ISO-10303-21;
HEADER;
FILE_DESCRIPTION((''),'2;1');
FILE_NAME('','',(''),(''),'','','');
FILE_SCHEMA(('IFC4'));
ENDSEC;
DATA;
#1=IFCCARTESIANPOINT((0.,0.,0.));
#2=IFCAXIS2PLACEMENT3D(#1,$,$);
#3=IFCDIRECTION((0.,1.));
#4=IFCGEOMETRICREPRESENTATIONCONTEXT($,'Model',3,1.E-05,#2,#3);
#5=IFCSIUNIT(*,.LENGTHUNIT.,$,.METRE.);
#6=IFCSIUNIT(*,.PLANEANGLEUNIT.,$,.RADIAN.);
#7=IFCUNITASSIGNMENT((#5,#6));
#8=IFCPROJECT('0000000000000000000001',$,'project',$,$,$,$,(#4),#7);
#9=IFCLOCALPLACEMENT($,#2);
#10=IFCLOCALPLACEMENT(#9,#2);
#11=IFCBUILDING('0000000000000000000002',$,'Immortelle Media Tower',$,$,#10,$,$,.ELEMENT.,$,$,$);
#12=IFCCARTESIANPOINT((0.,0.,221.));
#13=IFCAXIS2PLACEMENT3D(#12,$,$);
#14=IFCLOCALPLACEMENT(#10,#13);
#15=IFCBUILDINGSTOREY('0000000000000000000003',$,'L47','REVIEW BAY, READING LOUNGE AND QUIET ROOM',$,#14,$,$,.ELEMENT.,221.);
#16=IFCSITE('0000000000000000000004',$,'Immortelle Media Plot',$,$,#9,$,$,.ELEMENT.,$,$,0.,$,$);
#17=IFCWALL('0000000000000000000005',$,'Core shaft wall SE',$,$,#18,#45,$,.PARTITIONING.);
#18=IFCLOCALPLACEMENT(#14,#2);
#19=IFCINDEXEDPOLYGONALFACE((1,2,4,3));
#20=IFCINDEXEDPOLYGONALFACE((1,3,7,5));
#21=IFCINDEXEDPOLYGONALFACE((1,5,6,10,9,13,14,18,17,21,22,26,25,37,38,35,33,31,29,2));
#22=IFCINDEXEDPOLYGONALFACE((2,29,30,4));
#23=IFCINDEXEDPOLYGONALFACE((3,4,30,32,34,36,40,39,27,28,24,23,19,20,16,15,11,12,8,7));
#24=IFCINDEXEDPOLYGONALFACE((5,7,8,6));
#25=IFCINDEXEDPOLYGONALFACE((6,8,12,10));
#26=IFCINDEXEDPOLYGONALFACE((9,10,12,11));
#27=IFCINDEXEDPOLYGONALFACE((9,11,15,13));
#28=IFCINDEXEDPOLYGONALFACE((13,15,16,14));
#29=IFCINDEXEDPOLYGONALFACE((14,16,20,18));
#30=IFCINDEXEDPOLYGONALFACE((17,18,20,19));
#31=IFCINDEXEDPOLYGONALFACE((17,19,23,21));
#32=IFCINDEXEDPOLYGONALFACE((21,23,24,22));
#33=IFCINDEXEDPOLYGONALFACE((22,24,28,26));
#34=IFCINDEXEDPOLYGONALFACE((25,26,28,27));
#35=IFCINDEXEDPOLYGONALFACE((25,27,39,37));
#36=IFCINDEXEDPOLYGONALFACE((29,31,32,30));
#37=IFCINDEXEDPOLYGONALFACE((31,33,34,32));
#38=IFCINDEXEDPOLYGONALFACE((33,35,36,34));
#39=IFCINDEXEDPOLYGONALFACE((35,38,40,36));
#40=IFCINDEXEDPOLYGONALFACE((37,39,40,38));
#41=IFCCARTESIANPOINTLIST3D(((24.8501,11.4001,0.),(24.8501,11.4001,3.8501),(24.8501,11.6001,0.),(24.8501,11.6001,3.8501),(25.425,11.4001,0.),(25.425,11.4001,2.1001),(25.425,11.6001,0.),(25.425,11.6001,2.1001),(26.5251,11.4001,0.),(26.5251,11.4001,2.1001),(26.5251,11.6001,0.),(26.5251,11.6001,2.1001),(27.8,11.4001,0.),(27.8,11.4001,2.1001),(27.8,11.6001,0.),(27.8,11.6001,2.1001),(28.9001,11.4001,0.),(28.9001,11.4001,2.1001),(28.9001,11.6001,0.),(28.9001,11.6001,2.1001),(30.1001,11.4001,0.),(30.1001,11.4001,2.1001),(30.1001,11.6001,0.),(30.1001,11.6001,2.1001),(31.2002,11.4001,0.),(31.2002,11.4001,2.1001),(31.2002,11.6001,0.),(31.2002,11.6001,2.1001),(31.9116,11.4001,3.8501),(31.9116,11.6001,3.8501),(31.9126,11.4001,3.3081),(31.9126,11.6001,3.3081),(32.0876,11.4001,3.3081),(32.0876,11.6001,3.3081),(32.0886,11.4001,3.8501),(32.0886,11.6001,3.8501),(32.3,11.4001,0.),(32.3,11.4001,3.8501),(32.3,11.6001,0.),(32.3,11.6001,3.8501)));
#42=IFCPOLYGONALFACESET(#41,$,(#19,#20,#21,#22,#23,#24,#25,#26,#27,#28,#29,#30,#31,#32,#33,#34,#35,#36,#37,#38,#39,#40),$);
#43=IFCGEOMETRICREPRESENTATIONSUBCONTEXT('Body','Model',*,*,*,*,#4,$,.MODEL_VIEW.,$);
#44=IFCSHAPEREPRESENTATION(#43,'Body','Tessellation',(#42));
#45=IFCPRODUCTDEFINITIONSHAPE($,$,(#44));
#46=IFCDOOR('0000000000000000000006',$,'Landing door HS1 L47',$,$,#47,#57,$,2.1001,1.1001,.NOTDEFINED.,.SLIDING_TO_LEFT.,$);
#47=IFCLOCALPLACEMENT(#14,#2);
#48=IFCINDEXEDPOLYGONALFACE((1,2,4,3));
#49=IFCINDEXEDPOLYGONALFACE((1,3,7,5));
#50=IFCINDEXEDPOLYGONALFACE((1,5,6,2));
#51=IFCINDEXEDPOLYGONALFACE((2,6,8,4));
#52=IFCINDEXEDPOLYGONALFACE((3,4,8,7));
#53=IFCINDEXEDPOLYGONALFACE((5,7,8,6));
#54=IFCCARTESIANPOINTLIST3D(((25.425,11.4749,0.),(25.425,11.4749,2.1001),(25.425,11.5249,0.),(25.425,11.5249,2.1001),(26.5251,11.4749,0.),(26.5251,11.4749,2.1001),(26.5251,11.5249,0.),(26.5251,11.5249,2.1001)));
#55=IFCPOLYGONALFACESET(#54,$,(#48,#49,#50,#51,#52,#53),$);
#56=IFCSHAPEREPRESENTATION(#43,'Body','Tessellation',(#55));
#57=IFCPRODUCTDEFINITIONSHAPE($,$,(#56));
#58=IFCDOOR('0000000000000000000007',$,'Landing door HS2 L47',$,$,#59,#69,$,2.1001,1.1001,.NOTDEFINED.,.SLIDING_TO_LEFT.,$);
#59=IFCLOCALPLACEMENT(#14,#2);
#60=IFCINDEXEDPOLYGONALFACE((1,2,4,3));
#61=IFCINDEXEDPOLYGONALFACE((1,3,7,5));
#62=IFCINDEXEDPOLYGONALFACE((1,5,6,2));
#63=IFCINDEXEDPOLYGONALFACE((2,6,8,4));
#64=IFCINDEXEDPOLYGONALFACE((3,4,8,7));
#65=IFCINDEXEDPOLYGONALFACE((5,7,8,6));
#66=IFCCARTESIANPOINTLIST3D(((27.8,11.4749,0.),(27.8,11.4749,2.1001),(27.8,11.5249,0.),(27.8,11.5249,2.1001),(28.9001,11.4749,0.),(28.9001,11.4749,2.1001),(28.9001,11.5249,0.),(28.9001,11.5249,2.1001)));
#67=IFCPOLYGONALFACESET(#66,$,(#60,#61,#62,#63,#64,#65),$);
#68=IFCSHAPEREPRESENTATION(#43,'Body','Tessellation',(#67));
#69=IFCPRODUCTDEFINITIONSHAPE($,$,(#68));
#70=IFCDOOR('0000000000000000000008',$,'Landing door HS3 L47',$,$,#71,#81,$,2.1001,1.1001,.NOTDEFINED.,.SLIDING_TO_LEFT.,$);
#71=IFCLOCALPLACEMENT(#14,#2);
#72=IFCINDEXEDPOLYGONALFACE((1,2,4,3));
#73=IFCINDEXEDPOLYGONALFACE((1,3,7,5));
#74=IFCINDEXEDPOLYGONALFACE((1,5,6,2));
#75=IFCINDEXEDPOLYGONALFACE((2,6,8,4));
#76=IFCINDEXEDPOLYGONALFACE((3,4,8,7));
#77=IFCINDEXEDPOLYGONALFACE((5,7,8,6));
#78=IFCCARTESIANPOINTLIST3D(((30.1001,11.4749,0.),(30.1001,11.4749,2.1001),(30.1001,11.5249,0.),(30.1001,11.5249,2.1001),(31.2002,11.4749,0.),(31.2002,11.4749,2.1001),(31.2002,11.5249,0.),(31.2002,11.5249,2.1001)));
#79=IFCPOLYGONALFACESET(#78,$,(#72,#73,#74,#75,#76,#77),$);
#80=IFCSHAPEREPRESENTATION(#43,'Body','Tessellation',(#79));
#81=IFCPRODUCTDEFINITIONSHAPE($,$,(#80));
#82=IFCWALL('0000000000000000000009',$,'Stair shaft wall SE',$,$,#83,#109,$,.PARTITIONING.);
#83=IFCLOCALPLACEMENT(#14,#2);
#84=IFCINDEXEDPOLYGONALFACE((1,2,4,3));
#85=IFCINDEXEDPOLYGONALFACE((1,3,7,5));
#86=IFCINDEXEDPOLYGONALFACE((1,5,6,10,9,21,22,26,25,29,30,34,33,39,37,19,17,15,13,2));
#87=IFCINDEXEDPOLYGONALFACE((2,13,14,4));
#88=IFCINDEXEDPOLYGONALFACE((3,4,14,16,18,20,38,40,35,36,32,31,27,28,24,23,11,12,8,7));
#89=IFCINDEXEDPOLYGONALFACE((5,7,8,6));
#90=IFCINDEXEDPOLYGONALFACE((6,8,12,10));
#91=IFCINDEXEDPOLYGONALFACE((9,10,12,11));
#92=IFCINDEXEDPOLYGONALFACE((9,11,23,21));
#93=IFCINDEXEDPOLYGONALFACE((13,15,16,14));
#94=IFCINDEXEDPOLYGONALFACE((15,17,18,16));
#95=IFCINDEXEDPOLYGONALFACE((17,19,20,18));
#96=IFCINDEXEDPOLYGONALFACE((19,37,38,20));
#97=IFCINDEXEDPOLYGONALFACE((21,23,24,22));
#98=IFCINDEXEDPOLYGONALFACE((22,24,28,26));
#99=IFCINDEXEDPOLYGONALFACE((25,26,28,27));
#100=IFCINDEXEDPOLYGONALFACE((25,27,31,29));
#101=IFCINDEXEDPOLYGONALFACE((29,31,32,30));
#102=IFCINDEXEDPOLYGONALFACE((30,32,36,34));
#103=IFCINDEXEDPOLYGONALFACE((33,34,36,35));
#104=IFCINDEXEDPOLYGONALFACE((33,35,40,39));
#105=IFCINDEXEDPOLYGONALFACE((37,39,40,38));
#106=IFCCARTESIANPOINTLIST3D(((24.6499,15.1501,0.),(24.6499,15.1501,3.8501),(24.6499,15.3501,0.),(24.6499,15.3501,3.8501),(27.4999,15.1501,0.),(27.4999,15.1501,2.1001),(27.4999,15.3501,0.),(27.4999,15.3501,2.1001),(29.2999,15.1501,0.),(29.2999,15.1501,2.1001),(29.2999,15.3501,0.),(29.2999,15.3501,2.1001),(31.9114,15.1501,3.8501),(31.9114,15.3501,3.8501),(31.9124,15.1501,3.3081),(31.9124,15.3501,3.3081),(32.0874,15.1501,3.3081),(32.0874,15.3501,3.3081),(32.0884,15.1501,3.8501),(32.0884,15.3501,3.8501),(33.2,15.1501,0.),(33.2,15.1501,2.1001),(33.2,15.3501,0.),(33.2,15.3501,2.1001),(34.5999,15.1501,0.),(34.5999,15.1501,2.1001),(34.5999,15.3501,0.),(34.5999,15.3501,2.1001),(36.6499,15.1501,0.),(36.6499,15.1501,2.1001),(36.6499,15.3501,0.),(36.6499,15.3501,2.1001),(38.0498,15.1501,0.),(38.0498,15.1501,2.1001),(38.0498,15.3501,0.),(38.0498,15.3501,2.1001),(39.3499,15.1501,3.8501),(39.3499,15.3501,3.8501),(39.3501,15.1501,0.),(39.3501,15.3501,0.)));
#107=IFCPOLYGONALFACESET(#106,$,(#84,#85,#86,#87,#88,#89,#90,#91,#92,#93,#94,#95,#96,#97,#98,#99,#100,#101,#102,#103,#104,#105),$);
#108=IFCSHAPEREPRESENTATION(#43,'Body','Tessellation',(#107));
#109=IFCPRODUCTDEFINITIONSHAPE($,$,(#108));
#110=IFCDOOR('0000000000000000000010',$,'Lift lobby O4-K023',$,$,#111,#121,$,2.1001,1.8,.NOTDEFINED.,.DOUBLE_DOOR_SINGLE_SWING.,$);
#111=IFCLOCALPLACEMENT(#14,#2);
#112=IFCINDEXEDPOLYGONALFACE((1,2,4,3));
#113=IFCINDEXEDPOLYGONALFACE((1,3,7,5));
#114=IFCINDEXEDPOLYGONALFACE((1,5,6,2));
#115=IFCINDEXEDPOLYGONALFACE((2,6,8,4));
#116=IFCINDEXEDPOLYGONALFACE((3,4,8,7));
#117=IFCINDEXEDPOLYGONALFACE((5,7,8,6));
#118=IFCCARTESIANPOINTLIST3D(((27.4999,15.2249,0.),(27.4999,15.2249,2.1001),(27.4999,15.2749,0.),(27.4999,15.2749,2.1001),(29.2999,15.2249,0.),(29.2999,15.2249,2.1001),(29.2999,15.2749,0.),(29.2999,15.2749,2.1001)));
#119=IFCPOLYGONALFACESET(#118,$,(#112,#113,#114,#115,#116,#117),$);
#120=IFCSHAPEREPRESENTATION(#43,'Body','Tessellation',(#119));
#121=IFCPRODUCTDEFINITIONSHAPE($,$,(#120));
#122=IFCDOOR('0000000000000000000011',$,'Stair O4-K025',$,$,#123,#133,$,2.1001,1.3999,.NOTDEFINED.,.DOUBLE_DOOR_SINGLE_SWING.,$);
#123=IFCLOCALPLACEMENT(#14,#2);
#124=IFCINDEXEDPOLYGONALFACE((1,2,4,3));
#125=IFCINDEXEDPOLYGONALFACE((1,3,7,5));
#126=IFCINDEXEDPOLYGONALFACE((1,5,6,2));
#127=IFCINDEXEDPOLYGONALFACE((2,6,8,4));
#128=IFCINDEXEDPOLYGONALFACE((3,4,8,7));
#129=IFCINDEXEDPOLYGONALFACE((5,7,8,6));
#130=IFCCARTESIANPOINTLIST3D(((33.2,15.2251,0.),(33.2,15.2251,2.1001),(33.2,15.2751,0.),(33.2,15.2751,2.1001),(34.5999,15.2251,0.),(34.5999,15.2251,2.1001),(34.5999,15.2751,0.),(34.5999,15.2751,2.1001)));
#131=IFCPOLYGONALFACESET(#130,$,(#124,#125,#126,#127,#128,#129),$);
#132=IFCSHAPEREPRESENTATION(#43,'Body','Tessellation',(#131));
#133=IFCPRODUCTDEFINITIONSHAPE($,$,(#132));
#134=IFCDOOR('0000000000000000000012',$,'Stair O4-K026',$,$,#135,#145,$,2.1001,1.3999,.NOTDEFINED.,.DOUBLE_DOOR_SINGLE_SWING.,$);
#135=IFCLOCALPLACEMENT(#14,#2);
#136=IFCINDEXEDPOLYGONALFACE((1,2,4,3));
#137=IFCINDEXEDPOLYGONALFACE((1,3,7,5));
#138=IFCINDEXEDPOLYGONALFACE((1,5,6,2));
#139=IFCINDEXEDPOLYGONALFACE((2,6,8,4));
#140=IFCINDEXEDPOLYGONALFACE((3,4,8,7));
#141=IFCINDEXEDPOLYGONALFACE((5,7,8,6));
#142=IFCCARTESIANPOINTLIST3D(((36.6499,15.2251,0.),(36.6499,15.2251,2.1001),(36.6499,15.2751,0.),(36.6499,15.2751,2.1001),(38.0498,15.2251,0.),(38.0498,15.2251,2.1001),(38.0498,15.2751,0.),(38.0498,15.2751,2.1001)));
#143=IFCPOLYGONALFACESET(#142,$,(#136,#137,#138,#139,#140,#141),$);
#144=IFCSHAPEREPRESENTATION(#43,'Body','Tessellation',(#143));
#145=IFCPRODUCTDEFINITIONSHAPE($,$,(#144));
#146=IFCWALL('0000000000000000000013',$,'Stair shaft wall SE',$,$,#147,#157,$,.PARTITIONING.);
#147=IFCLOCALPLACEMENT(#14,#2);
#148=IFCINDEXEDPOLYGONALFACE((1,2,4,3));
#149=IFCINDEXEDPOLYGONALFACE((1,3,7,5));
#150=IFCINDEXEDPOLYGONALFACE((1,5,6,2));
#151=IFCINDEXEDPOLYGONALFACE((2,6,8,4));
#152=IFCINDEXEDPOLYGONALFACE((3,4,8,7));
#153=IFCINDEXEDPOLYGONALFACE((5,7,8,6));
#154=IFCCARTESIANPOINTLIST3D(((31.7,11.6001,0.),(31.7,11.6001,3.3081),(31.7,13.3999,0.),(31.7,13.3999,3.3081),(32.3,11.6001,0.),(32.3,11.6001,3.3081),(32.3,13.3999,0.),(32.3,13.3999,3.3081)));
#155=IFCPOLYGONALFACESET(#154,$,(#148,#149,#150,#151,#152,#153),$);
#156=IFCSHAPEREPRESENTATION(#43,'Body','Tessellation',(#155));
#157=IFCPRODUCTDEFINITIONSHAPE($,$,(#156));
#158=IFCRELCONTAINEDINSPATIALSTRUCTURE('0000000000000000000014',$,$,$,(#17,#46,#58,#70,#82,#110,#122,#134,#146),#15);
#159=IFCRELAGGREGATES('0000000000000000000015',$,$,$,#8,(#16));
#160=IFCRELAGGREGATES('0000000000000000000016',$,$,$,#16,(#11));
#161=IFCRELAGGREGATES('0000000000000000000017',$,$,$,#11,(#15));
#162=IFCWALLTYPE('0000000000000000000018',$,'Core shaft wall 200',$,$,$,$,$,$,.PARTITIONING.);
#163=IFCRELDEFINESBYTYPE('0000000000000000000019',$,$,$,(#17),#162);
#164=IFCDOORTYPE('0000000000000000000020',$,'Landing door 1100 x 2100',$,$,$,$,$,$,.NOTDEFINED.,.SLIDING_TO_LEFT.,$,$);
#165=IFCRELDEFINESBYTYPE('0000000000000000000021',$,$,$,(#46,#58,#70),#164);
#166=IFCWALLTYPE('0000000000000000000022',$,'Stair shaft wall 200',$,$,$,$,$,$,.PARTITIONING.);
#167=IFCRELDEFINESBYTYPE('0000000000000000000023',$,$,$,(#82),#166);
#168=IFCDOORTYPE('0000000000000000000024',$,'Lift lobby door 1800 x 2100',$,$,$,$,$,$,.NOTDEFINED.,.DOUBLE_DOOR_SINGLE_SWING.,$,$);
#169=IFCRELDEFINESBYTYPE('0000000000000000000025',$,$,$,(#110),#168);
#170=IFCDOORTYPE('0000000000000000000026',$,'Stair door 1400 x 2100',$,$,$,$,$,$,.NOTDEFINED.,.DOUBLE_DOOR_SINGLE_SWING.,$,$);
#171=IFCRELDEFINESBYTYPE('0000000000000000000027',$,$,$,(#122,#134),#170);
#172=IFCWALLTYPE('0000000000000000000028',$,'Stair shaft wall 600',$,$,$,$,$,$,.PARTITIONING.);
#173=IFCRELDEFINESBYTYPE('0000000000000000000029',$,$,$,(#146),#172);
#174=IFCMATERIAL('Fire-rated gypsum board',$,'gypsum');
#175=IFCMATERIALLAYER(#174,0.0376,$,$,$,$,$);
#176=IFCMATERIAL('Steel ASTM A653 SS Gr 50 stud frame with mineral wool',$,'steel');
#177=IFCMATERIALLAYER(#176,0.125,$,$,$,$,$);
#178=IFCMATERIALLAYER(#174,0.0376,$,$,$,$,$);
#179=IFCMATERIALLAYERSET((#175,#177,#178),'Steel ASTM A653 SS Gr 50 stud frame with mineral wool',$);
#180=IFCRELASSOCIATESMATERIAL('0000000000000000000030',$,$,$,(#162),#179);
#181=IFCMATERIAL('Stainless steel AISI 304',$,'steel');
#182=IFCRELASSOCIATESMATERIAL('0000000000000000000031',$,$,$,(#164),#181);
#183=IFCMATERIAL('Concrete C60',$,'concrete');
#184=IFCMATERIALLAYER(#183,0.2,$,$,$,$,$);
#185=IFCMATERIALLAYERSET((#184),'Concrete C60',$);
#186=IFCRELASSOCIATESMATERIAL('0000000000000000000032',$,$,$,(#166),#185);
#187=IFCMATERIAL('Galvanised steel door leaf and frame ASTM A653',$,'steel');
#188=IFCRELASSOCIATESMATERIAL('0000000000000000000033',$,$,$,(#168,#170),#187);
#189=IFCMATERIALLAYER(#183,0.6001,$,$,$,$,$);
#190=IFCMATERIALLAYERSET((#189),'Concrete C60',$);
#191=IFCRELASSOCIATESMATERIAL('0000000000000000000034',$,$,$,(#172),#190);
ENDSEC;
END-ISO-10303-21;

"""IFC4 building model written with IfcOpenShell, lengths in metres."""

from ifc_helpers import new_model, si_unit, direction, frame, frame_2d, origin, place, context, subcontext, project, spatial, polyline, rectangle, outline, extrude, material, layer, layer_set, type_object, element, fill, save


model = new_model("IFC4")

# Units and contexts
model_context = context("Model", 3, precision=1e-05, world=origin(), true_north=direction((0.0, 1.0)))
body_context = subcontext(model_context, "Body", "Model", "MODEL_VIEW")
ifc_project = project(units=[si_unit("LENGTHUNIT", "METRE"), si_unit("PLANEANGLEUNIT", "RADIAN")], contexts=[model_context])

# Site, building, storey
site_placement = place(None, origin())
site = spatial("IfcSite", under=ifc_project, at=site_placement, Name="Immortelle Media Plot", CompositionType="ELEMENT", RefElevation=0.0)
building_placement = place(site_placement, origin())
building = spatial("IfcBuilding", under=site, at=building_placement, Name="Immortelle Media Tower", CompositionType="ELEMENT")
storey_placement = place(building_placement, frame((0.0, 0.0, 221.0)))
storey = spatial("IfcBuildingStorey", under=building, at=storey_placement, Name="L47", Description="REVIEW BAY, READING LOUNGE AND QUIET ROOM", CompositionType="ELEMENT", Elevation=221.0)

# Shared definitions
ifc_material_1 = material(Name="Fire-rated gypsum board", Category="gypsum")
ifc_material_2 = material(Name="Steel ASTM A653 SS Gr 50 stud frame with mineral wool", Category="steel")

# Shared definitions
ifc_material_3 = material(Name="Galvanised steel door leaf and frame ASTM A653", Category="steel")

# Shared definitions
ifc_layer_1 = layer(ifc_material_1, 0.0376)
ifc_layer_2 = layer(ifc_material_2, 0.125)
ifc_layer_3 = layer(ifc_material_1, 0.0376)
ifc_layer_set_1 = layer_set([ifc_layer_1, ifc_layer_2, ifc_layer_3], Name="Steel ASTM A653 SS Gr 50 stud frame with mineral wool")
wall_type_1 = type_object("IfcWallType", Name="Core shaft wall 200", PredefinedType="PARTITIONING", material=ifc_layer_set_1)

# Walls, openings, doors
wall_1_placement = place(storey_placement, frame((24.8501, 11.5, 0.0), z_axis=(0.0, 0.0, 1.0), x_axis=(1.0, 0.0, 0.0)))
wall_1 = element("IfcWall", 1, at=wall_1_placement, inside=storey, type_object=wall_type_1, Name="Core shaft wall SE", PredefinedType="PARTITIONING", context=body_context, shape_type="SweptSolid", body=[
    extrude(outline(polyline([(0.0, 0.0), (7.45, 0.0), (7.45, 3.8501), (7.2385, 3.8501), (7.2375, 3.3081), (7.0625, 3.3081), (7.0615, 3.8501), (0.0, 3.8501), (0.0, 0.0)])), frame((0.0, 0.1001, 0.0), z_axis=(0.0, -1.0, 0.0), x_axis=(1.0, 0.0, 0.0)), (0.0, 0.0, 1.0), 0.2),
])
opening_1_placement = place(wall_1_placement, frame((0.575, 0.0, 0.0)))
opening_1 = element("IfcOpeningElement", 2, at=opening_1_placement, cuts=wall_1, PredefinedType="OPENING", context=body_context, shape_type="SweptSolid", body=[
    extrude(rectangle(XDim=1.1001, YDim=2.1001, at=frame_2d((0.55, 1.05))), frame((0.0, 0.1099, 0.0), z_axis=(0.0, -1.0, 0.0), x_axis=(1.0, 0.0, 0.0)), (0.0, 0.0, 1.0), 0.22),
])
opening_2_placement = place(wall_1_placement, frame((2.95, 0.0, 0.0)))
opening_2 = element("IfcOpeningElement", 3, at=opening_2_placement, cuts=wall_1, PredefinedType="OPENING", context=body_context, shape_type="SweptSolid", body=[
    extrude(rectangle(XDim=1.1001, YDim=2.1001, at=frame_2d((0.55, 1.05))), frame((0.0, 0.1099, 0.0), z_axis=(0.0, -1.0, 0.0), x_axis=(1.0, 0.0, 0.0)), (0.0, 0.0, 1.0), 0.22),
])
opening_3_placement = place(wall_1_placement, frame((5.25, 0.0, 0.0)))
opening_3 = element("IfcOpeningElement", 4, at=opening_3_placement, cuts=wall_1, PredefinedType="OPENING", context=body_context, shape_type="SweptSolid", body=[
    extrude(rectangle(XDim=1.1001, YDim=2.1001, at=frame_2d((0.55, 1.05))), frame((0.0, 0.1099, 0.0), z_axis=(0.0, -1.0, 0.0), x_axis=(1.0, 0.0, 0.0)), (0.0, 0.0, 1.0), 0.22),
])
ifc_material_4 = material(Name="Stainless steel AISI 304", Category="steel")
door_type_1 = type_object("IfcDoorType", Name="Landing door 1100 x 2100", OperationType="SLIDING_TO_LEFT", PredefinedType="NOTDEFINED", material=ifc_material_4)
door_1_placement = place(opening_1_placement, origin())
door_1 = element("IfcDoor", 5, at=door_1_placement, inside=storey, type_object=door_type_1, Name="Landing door HS1 L47", OperationType="SLIDING_TO_LEFT", OverallHeight=2.1001, OverallWidth=1.1001, PredefinedType="NOTDEFINED", context=body_context, shape_type="SweptSolid", body=[
    extrude(rectangle(XDim=1.1001, YDim=2.1001, at=frame_2d((0.55, 1.05))), frame((0.0, 0.0249, 0.0), z_axis=(0.0, -1.0, 0.0), x_axis=(1.0, 0.0, 0.0)), (0.0, 0.0, 1.0), 0.05),
])
fill(opening_1, door_1)
door_2_placement = place(opening_2_placement, origin())
door_2 = element("IfcDoor", 6, at=door_2_placement, inside=storey, type_object=door_type_1, Name="Landing door HS2 L47", OperationType="SLIDING_TO_LEFT", OverallHeight=2.1001, OverallWidth=1.1001, PredefinedType="NOTDEFINED", context=body_context, shape_type="SweptSolid", body=[
    extrude(rectangle(XDim=1.1001, YDim=2.1001, at=frame_2d((0.55, 1.05))), frame((0.0, 0.0249, 0.0), z_axis=(0.0, -1.0, 0.0), x_axis=(1.0, 0.0, 0.0)), (0.0, 0.0, 1.0), 0.05),
])
fill(opening_2, door_2)
door_3_placement = place(opening_3_placement, origin())
door_3 = element("IfcDoor", 7, at=door_3_placement, inside=storey, type_object=door_type_1, Name="Landing door HS3 L47", OperationType="SLIDING_TO_LEFT", OverallHeight=2.1001, OverallWidth=1.1001, PredefinedType="NOTDEFINED", context=body_context, shape_type="SweptSolid", body=[
    extrude(rectangle(XDim=1.1001, YDim=2.1001, at=frame_2d((0.55, 1.05))), frame((0.0, 0.0249, 0.0), z_axis=(0.0, -1.0, 0.0), x_axis=(1.0, 0.0, 0.0)), (0.0, 0.0, 1.0), 0.05),
])
fill(opening_3, door_3)
ifc_material_5 = material(Name="Concrete C60", Category="concrete")
ifc_layer_4 = layer(ifc_material_5, 0.2)
ifc_layer_set_2 = layer_set([ifc_layer_4], Name="Concrete C60")
wall_type_2 = type_object("IfcWallType", Name="Stair shaft wall 200", PredefinedType="PARTITIONING", material=ifc_layer_set_2)
wall_2_placement = place(storey_placement, frame((24.6499, 15.25, 0.0), z_axis=(0.0, 0.0, 1.0), x_axis=(1.0, 0.0, 0.0)))
wall_2 = element("IfcWall", 8, at=wall_2_placement, inside=storey, type_object=wall_type_2, Name="Stair shaft wall SE", PredefinedType="PARTITIONING", context=body_context, shape_type="SweptSolid", body=[
    extrude(outline(polyline([(0.0, 0.0), (14.7002, 0.0), (14.7, 3.8501), (7.4385, 3.8501), (7.4375, 3.3081), (7.2625, 3.3081), (7.2615, 3.8501), (0.0, 3.8501), (0.0, 0.0)])), frame((0.0, 0.1001, 0.0), z_axis=(0.0, -1.0, 0.0), x_axis=(1.0, 0.0, 0.0)), (0.0, 0.0, 1.0), 0.2),
])
opening_4_placement = place(wall_2_placement, frame((2.8501, 0.0, 0.0)))
opening_4 = element("IfcOpeningElement", 9, at=opening_4_placement, cuts=wall_2, PredefinedType="OPENING", context=body_context, shape_type="SweptSolid", body=[
    extrude(rectangle(XDim=1.8, YDim=2.1001, at=frame_2d((0.8999, 1.05))), frame((0.0, 0.1099, 0.0), z_axis=(0.0, -1.0, 0.0), x_axis=(1.0, 0.0, 0.0)), (0.0, 0.0, 1.0), 0.22),
])
opening_5_placement = place(wall_2_placement, frame((9.95, 0.0, 0.0), z_axis=(0.0, 0.0, 1.0), x_axis=(-1.0, 0.0, 0.0)))
opening_5 = element("IfcOpeningElement", 10, at=opening_5_placement, cuts=wall_2, PredefinedType="OPENING", context=body_context, shape_type="SweptSolid", body=[
    extrude(rectangle(XDim=1.3999, YDim=2.1001, at=frame_2d((0.7, 1.05))), frame((0.0, 0.1099, 0.0), z_axis=(0.0, -1.0, 0.0), x_axis=(1.0, 0.0, 0.0)), (0.0, 0.0, 1.0), 0.22),
])
opening_6_placement = place(wall_2_placement, frame((13.3999, 0.0, 0.0), z_axis=(0.0, 0.0, 1.0), x_axis=(-1.0, 0.0, 0.0)))
opening_6 = element("IfcOpeningElement", 11, at=opening_6_placement, cuts=wall_2, PredefinedType="OPENING", context=body_context, shape_type="SweptSolid", body=[
    extrude(rectangle(XDim=1.3999, YDim=2.1001, at=frame_2d((0.7, 1.05))), frame((0.0, 0.1099, 0.0), z_axis=(0.0, -1.0, 0.0), x_axis=(1.0, 0.0, 0.0)), (0.0, 0.0, 1.0), 0.22),
])
door_type_2 = type_object("IfcDoorType", Name="Lift lobby door 1800 x 2100", OperationType="DOUBLE_DOOR_SINGLE_SWING", PredefinedType="NOTDEFINED", material=ifc_material_3)
door_4_placement = place(opening_4_placement, origin())
door_4 = element("IfcDoor", 12, at=door_4_placement, inside=storey, type_object=door_type_2, Name="Lift lobby O4-K023", OperationType="DOUBLE_DOOR_SINGLE_SWING", OverallHeight=2.1001, OverallWidth=1.8, PredefinedType="NOTDEFINED", context=body_context, shape_type="SweptSolid", body=[
    extrude(rectangle(XDim=1.8, YDim=2.1001, at=frame_2d((0.8999, 1.05))), frame((0.0, 0.0249, 0.0), z_axis=(0.0, -1.0, 0.0), x_axis=(1.0, 0.0, 0.0)), (0.0, 0.0, 1.0), 0.05),
])
fill(opening_4, door_4)
door_type_3 = type_object("IfcDoorType", Name="Stair door 1400 x 2100", OperationType="DOUBLE_DOOR_SINGLE_SWING", PredefinedType="NOTDEFINED", material=ifc_material_3)
door_5_placement = place(opening_5_placement, origin())
door_5 = element("IfcDoor", 13, at=door_5_placement, inside=storey, type_object=door_type_3, Name="Stair O4-K025", OperationType="DOUBLE_DOOR_SINGLE_SWING", OverallHeight=2.1001, OverallWidth=1.3999, PredefinedType="NOTDEFINED", context=body_context, shape_type="SweptSolid", body=[
    extrude(rectangle(XDim=1.3999, YDim=2.1001, at=frame_2d((0.7, 1.05))), frame((0.0, 0.0249, 0.0), z_axis=(0.0, -1.0, 0.0), x_axis=(1.0, 0.0, 0.0)), (0.0, 0.0, 1.0), 0.05),
])
fill(opening_5, door_5)
door_6_placement = place(opening_6_placement, origin())
door_6 = element("IfcDoor", 14, at=door_6_placement, inside=storey, type_object=door_type_3, Name="Stair O4-K026", OperationType="DOUBLE_DOOR_SINGLE_SWING", OverallHeight=2.1001, OverallWidth=1.3999, PredefinedType="NOTDEFINED", context=body_context, shape_type="SweptSolid", body=[
    extrude(rectangle(XDim=1.3999, YDim=2.1001, at=frame_2d((0.7, 1.05))), frame((0.0, 0.0249, 0.0), z_axis=(0.0, -1.0, 0.0), x_axis=(1.0, 0.0, 0.0)), (0.0, 0.0, 1.0), 0.05),
])
fill(opening_6, door_6)

# Wall
ifc_layer_5 = layer(ifc_material_5, 0.6001)
ifc_layer_set_3 = layer_set([ifc_layer_5], Name="Concrete C60")
wall_type_3 = type_object("IfcWallType", Name="Stair shaft wall 600", PredefinedType="PARTITIONING", material=ifc_layer_set_3)
wall_3_placement = place(storey_placement, frame((32.0, 11.6001, 0.0), z_axis=(0.0, 0.0, 1.0), x_axis=(0.0, 1.0, 0.0)))
element("IfcWall", 15, at=wall_3_placement, inside=storey, type_object=wall_type_3, Name="Stair shaft wall SE", PredefinedType="PARTITIONING", context=body_context, shape_type="SweptSolid", body=[
    extrude(rectangle(XDim=1.7998, YDim=0.6001, at=frame_2d((0.8999, 0.0))), origin(), (0.0, 0.0, 1.0), 3.3081),
])

save(model, "model.ifc")
